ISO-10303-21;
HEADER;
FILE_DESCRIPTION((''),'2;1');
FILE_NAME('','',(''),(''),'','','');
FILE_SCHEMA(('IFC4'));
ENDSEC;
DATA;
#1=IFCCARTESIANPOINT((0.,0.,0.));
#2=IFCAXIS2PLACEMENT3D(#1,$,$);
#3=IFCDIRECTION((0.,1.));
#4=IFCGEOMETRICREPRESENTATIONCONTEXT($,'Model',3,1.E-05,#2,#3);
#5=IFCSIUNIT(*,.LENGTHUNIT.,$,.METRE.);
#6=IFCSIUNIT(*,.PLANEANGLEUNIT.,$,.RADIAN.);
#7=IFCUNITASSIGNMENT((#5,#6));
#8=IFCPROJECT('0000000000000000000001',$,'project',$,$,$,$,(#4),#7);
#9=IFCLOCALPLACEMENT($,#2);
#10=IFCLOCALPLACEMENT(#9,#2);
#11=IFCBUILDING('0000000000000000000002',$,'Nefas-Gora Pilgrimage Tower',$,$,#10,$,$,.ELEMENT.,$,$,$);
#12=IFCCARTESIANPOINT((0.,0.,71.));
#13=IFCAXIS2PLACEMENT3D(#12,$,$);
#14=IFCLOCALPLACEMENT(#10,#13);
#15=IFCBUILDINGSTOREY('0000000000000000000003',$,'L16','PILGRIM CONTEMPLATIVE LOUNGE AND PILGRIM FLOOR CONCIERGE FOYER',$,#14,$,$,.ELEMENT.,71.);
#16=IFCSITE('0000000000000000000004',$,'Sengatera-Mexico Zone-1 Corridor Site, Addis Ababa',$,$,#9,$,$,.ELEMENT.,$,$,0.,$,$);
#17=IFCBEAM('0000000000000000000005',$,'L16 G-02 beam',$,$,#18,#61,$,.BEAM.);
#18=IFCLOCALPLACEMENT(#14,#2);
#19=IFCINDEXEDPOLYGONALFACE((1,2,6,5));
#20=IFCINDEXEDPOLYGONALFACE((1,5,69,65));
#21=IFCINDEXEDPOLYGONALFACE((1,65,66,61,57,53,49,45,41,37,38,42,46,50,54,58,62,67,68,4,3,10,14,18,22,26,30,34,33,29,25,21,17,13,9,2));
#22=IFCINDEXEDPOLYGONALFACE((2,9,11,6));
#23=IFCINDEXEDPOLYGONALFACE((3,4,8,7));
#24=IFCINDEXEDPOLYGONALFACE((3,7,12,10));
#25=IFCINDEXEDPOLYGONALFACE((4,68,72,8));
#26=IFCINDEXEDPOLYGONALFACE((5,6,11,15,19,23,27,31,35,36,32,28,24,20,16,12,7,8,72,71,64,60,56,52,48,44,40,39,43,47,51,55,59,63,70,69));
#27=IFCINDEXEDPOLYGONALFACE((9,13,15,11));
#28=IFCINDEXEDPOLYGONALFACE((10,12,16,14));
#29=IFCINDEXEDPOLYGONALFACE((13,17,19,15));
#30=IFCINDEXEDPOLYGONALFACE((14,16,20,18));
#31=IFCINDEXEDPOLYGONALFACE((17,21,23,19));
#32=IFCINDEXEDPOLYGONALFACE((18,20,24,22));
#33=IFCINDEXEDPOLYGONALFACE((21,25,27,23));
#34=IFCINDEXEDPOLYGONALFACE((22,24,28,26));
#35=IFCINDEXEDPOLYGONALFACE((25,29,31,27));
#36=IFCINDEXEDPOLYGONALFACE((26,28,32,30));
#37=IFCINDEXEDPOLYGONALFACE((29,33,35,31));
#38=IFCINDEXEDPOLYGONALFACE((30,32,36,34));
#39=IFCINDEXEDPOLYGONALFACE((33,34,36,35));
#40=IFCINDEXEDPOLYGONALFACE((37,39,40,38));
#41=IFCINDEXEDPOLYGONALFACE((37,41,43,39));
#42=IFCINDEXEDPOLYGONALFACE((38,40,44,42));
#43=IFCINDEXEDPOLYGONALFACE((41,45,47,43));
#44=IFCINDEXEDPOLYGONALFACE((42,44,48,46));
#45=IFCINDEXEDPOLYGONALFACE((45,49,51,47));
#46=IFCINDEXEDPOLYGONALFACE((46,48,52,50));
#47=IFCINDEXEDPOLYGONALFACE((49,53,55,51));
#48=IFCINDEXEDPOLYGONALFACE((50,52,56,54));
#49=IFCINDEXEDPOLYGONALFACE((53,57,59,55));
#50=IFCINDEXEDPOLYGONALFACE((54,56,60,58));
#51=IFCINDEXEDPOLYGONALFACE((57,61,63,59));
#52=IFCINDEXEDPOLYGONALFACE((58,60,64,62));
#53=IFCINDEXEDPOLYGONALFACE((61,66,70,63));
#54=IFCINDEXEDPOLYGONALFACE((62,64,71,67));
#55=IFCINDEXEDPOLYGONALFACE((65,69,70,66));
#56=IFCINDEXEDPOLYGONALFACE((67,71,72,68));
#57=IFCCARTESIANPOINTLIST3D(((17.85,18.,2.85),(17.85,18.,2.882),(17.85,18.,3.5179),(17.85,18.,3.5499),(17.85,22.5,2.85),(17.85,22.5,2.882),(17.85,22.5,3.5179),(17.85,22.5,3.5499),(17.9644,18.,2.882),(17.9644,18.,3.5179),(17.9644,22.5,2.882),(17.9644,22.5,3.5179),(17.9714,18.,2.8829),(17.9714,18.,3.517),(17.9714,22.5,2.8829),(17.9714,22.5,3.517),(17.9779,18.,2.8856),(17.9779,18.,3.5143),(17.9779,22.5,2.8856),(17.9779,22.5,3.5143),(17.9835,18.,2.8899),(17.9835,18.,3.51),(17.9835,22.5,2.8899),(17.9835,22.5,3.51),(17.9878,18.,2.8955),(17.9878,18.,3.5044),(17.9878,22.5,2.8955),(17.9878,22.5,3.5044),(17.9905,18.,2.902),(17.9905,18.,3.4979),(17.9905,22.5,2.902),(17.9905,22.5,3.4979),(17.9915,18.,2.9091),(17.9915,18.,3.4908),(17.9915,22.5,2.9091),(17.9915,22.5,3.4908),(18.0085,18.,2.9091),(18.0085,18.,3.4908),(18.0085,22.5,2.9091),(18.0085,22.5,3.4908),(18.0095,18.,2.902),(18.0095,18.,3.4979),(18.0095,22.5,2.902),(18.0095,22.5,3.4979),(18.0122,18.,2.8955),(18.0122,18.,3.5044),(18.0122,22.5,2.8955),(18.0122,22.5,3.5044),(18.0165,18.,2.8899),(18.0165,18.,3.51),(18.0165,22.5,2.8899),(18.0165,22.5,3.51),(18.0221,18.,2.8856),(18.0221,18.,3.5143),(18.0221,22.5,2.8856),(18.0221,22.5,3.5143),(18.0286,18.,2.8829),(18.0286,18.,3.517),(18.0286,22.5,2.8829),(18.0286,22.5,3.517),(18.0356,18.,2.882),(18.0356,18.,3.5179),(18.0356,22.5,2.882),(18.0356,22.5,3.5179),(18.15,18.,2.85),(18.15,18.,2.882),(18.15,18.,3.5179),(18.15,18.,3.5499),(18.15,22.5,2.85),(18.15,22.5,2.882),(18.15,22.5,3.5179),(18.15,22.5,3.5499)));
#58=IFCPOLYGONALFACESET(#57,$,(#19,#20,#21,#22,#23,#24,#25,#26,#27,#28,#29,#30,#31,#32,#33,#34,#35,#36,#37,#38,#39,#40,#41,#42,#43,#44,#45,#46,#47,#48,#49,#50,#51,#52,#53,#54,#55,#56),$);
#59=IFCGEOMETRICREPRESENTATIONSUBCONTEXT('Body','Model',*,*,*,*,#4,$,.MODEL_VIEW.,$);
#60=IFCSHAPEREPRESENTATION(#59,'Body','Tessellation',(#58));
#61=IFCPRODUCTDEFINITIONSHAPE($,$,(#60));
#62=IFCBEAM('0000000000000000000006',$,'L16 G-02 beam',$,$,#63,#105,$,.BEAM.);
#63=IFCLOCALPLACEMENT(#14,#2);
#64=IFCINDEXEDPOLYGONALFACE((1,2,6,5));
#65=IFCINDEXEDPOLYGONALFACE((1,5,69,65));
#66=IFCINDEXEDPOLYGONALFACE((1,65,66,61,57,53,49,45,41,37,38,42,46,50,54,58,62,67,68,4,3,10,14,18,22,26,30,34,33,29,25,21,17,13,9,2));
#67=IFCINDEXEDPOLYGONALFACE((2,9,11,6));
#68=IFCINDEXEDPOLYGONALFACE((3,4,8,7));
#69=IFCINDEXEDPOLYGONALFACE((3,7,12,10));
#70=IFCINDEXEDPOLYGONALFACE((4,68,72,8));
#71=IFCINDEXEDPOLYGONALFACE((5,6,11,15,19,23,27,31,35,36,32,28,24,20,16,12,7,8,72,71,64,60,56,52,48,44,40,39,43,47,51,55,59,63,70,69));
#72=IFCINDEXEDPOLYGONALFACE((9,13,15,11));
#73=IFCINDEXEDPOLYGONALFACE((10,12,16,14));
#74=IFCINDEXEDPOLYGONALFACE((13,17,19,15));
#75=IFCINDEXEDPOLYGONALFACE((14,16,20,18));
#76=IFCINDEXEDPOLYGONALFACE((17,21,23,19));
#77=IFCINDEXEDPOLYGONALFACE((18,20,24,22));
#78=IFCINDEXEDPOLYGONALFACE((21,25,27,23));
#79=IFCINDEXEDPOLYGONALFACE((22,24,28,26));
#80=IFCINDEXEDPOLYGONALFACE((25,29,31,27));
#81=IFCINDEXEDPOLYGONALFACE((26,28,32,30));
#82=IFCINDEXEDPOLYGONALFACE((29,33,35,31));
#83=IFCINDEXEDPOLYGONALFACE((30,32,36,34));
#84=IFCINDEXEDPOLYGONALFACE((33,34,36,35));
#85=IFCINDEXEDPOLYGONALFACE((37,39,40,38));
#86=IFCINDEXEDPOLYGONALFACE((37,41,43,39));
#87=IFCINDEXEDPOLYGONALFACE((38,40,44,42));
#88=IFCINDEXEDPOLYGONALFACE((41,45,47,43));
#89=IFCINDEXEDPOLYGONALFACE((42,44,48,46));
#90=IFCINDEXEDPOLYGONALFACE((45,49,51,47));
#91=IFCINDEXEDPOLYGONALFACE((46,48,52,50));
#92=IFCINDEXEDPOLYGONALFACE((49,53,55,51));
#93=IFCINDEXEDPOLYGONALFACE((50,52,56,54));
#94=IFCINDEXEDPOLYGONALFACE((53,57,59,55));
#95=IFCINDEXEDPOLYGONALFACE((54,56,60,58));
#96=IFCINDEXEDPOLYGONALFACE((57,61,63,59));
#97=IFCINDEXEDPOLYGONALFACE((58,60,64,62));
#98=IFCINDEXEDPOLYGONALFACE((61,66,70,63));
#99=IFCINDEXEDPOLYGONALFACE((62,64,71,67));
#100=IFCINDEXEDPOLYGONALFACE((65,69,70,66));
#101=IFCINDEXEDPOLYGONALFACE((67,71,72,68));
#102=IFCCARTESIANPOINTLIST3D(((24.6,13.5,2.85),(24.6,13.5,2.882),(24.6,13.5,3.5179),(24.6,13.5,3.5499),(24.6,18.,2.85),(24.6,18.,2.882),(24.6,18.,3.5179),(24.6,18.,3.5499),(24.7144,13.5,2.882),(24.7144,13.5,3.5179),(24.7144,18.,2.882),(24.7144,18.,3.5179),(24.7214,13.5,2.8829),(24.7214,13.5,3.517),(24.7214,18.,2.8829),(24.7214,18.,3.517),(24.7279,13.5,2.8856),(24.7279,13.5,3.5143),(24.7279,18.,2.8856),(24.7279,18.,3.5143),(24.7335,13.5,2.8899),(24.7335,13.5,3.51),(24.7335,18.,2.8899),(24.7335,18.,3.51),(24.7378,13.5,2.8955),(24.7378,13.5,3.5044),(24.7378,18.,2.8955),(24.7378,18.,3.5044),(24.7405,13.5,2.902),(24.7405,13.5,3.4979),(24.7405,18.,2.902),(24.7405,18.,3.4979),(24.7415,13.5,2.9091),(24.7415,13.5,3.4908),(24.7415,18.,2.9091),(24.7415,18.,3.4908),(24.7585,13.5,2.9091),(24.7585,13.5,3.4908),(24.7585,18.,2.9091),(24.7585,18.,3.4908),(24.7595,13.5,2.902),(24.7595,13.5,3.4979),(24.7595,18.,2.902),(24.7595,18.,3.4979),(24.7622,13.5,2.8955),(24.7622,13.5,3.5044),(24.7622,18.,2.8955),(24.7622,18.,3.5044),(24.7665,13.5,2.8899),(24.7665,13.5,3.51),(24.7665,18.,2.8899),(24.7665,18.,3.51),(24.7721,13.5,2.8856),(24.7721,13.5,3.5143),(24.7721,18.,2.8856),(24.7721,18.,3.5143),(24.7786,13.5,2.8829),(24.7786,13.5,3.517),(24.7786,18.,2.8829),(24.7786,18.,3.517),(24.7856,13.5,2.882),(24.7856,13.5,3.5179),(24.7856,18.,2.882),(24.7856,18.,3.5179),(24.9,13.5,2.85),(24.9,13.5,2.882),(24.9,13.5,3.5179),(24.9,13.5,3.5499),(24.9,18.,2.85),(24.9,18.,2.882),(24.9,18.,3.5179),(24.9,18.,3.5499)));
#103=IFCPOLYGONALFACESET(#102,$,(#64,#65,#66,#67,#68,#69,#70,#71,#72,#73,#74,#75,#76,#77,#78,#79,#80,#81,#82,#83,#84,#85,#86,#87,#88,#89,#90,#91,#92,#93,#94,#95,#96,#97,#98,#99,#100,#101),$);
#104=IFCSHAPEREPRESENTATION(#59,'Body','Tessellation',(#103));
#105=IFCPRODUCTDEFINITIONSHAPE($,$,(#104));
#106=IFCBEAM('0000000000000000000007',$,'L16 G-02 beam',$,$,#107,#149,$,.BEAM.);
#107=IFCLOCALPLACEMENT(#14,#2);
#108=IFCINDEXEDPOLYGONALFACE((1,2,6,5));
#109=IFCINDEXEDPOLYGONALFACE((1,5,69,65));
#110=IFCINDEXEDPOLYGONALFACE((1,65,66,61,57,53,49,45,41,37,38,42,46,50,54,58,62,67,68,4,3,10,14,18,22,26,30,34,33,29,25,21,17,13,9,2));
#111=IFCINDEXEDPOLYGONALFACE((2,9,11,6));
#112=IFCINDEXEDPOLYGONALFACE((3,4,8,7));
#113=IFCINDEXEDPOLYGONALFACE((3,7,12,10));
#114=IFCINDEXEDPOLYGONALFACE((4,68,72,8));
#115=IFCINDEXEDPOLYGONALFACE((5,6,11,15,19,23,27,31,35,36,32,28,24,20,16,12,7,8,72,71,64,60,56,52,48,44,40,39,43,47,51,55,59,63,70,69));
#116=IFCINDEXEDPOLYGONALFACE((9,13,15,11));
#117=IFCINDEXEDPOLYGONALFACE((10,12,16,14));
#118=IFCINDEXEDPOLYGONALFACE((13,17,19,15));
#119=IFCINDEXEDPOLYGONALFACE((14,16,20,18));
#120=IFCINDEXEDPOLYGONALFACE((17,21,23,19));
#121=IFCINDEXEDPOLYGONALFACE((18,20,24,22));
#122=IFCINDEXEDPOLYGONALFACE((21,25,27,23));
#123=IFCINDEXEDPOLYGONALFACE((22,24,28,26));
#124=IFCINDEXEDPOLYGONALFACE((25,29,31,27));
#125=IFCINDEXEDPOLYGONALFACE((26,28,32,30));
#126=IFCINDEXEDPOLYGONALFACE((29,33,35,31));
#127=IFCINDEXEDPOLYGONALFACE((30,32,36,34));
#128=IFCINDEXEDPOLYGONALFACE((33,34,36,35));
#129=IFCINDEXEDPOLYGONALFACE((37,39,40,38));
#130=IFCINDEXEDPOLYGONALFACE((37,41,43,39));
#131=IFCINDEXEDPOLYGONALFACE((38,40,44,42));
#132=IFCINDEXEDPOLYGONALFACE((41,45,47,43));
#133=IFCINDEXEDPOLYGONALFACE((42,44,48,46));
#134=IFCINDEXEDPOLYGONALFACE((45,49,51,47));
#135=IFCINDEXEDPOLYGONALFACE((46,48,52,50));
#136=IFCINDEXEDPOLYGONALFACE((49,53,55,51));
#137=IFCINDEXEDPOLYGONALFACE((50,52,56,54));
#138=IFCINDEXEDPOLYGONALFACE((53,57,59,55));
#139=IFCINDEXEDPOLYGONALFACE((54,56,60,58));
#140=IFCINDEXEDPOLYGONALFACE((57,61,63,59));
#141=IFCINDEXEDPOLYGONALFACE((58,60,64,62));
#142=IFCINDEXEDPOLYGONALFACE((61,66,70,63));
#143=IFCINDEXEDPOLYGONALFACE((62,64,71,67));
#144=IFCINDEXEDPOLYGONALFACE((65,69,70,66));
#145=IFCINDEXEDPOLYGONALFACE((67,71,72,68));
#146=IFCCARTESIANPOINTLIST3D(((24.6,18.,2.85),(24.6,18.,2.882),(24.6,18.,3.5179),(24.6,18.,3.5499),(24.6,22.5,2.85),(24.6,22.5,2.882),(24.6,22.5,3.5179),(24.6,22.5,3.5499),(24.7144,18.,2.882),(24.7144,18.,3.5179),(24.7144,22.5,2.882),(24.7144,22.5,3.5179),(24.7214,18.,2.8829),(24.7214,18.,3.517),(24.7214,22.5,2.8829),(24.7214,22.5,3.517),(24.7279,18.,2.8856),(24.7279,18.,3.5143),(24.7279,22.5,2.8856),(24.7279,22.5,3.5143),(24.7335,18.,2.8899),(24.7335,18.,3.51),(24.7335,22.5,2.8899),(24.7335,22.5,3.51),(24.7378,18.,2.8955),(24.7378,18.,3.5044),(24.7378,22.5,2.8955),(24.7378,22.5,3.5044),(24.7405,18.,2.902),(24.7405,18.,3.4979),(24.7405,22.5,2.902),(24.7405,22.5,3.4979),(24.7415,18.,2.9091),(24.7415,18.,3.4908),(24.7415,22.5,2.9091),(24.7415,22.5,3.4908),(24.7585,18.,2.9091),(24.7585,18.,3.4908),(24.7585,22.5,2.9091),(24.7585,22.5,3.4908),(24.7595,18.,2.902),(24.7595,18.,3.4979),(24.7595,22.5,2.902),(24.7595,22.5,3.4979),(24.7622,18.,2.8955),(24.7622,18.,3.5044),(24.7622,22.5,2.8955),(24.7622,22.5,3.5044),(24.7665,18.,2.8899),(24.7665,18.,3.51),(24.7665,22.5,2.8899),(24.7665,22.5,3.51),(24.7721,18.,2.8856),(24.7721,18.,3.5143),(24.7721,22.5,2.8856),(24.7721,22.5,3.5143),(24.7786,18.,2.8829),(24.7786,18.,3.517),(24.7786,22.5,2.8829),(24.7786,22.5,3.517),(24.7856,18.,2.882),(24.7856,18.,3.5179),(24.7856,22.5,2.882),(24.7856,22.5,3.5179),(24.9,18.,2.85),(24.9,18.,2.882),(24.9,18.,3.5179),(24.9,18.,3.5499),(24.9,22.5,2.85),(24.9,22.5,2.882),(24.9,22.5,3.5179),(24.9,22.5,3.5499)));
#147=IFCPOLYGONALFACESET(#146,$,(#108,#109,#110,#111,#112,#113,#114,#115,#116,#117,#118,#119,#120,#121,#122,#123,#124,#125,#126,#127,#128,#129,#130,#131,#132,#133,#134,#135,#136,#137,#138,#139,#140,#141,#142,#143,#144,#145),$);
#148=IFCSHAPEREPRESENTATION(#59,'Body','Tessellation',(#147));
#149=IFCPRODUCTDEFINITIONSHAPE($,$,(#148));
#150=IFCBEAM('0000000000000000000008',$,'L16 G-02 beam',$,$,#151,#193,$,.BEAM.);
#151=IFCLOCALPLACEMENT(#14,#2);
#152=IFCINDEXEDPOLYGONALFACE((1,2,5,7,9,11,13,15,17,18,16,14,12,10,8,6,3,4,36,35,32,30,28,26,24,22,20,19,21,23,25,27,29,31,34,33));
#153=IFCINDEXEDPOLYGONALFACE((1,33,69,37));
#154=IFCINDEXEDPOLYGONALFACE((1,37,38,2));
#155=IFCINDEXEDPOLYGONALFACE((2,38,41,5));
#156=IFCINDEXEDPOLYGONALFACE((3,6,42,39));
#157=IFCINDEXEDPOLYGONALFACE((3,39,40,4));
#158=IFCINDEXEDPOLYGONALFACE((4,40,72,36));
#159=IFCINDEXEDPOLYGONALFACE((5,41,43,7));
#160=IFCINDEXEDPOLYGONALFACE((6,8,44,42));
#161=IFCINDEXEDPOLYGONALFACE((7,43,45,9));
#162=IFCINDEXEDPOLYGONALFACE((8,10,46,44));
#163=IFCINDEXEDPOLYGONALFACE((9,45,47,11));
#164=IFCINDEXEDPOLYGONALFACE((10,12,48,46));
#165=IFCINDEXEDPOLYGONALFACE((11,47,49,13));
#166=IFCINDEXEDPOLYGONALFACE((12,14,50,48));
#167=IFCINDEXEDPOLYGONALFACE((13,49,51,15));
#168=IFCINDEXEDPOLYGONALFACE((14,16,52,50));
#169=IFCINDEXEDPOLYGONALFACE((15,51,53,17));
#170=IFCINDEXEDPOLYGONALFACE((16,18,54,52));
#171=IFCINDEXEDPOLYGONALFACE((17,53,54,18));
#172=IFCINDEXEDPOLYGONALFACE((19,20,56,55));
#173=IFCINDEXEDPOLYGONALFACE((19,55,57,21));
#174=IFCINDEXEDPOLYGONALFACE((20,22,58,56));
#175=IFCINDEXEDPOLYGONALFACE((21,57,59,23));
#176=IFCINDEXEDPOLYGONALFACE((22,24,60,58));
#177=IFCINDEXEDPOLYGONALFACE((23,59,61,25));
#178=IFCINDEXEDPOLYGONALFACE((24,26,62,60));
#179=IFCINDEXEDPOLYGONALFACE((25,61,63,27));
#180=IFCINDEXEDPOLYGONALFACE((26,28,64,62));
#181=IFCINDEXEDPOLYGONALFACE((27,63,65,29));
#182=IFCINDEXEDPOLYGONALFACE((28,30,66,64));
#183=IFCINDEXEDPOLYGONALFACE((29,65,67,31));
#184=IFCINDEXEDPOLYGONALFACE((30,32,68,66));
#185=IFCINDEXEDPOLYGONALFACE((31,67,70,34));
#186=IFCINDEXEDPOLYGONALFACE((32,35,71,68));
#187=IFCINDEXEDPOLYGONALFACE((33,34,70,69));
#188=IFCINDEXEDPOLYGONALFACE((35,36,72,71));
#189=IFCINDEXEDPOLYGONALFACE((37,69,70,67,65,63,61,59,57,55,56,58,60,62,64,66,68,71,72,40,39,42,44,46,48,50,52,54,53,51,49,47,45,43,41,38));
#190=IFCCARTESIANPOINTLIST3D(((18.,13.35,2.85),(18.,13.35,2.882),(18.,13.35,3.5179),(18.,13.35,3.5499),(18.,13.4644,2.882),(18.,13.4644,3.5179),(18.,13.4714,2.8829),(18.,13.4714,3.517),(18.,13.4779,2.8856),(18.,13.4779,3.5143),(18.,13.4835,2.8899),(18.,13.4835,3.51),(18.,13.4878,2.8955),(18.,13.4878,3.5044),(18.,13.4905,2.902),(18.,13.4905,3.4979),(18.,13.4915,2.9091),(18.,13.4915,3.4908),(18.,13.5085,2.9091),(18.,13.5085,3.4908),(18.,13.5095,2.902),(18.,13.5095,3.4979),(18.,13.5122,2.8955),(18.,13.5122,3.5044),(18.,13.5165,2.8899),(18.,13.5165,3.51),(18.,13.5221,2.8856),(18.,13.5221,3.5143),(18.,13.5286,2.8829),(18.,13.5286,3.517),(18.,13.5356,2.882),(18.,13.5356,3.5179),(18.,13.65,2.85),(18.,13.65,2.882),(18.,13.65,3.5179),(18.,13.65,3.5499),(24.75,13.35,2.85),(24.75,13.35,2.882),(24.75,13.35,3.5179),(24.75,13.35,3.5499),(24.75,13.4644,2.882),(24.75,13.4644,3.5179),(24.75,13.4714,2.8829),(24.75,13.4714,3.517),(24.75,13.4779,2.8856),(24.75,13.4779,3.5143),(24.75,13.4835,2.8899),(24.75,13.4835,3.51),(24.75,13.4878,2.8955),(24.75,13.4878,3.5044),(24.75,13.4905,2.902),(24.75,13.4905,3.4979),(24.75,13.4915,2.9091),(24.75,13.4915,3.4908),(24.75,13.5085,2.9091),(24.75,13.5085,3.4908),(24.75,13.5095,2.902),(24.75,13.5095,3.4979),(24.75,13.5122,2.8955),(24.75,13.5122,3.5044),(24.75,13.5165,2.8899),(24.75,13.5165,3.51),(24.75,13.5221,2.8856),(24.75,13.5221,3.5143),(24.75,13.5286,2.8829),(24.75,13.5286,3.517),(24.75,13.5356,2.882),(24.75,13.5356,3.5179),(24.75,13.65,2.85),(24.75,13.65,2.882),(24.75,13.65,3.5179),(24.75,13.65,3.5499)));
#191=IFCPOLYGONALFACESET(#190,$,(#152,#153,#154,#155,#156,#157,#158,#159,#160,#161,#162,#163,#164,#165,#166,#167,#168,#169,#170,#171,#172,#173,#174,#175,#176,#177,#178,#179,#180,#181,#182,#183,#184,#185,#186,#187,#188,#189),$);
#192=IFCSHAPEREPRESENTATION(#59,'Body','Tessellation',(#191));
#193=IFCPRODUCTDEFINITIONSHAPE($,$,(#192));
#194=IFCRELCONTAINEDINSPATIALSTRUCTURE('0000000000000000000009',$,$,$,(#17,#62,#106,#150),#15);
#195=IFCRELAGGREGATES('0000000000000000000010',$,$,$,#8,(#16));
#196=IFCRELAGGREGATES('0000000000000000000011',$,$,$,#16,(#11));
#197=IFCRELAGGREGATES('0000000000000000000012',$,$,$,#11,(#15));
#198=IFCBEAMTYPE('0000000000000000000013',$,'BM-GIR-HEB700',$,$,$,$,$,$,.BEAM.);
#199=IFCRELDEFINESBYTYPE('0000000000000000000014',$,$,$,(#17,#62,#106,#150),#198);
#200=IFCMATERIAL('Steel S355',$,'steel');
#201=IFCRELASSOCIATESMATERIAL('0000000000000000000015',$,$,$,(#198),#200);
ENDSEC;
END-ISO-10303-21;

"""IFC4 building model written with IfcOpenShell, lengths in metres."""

from ifc_helpers import new_model, si_unit, direction, frame, origin, origin_2d, place, context, subcontext, project, spatial, i_section, extrude, source, transform, mapped, material, material_profile, profile_set, type_object, element, save


model = new_model("IFC4")

# Units and contexts
model_context = context("Model", 3, precision=1e-05, world=origin(), true_north=direction((0.0, 1.0)))
body_context = subcontext(model_context, "Body", "Model", "MODEL_VIEW")
ifc_project = project(units=[si_unit("LENGTHUNIT", "METRE"), si_unit("PLANEANGLEUNIT", "RADIAN")], contexts=[model_context])

# Site, building, storey
site_placement = place(None, origin())
site = spatial("IfcSite", under=ifc_project, at=site_placement, Name="Sengatera-Mexico Zone-1 Corridor Site, Addis Ababa", CompositionType="ELEMENT", RefElevation=0.0)
building_placement = place(site_placement, origin())
building = spatial("IfcBuilding", under=site, at=building_placement, Name="Nefas-Gora Pilgrimage Tower", CompositionType="ELEMENT")
storey_placement = place(building_placement, frame((0.0, 0.0, 71.0)))
storey = spatial("IfcBuildingStorey", under=building, at=storey_placement, Name="L16", Description="PILGRIM CONTEMPLATIVE LOUNGE AND PILGRIM FLOOR CONCIERGE FOYER", CompositionType="ELEMENT", Elevation=71.0)

# Beams
ifc_material_1 = material(Name="Steel S355", Category="steel")
ifc_material_profile_1 = material_profile(ifc_material_1, i_section(OverallWidth=0.3, OverallDepth=0.7, WebThickness=0.0171, FlangeThickness=0.032, FilletRadius=0.0271, at=origin_2d()), Name="HEB 700")
ifc_profile_set_1 = profile_set([ifc_material_profile_1], Name="Steel S355")
beam_type_1 = type_object("IfcBeamType", Name="BM-GIR-HEB700", PredefinedType="BEAM", material=ifc_profile_set_1)
shared_shape_1 = source(origin(), body_context, "Body", "SweptSolid", [
    extrude(i_section(OverallWidth=0.3, OverallDepth=0.7, WebThickness=0.0171, FlangeThickness=0.032, FilletRadius=0.0271, at=origin_2d()), origin(), (0.0, 0.0, 1.0), 4.5),
])
for number, where, z_axis, x_axis, name in (
    (1, (18.0, 18.0, 3.2), (0.0, 1.0, 0.0), (-1.0, 0.0, 0.0), "L16 G-02 beam"),
    (2, (24.75, 13.5, 3.2), (0.0, 1.0, 0.0), (-1.0, 0.0, 0.0), "L16 G-02 beam"),
    (3, (24.75, 18.0, 3.2), (0.0, 1.0, 0.0), (-1.0, 0.0, 0.0), "L16 G-02 beam"),
):
    element("IfcBeam", number, at=place(storey_placement, frame(where, z_axis=z_axis, x_axis=x_axis)), inside=storey, type_object=beam_type_1, Name=name, PredefinedType="BEAM", context=body_context, shape_type="MappedRepresentation", body=[
        mapped(shared_shape_1, transform((0.0, 0.0, 0.0), x_axis=(1.0, 0.0, 0.0), y_axis=(0.0, 1.0, 0.0), z_axis=(0.0, 0.0, 1.0), scale=1.0)),
    ])
shared_shape_2 = source(origin(), body_context, "Body", "SweptSolid", [
    extrude(i_section(OverallWidth=0.3, OverallDepth=0.7, WebThickness=0.0171, FlangeThickness=0.032, FilletRadius=0.0271, at=origin_2d()), origin(), (0.0, 0.0, 1.0), 6.75),
])
for number, where, z_axis, x_axis, name in (
    (4, (18.0, 13.5, 3.2), (1.0, 0.0, 0.0), (0.0, 1.0, 0.0), "L16 G-02 beam"),
):
    element("IfcBeam", number, at=place(storey_placement, frame(where, z_axis=z_axis, x_axis=x_axis)), inside=storey, type_object=beam_type_1, Name=name, PredefinedType="BEAM", context=body_context, shape_type="MappedRepresentation", body=[
        mapped(shared_shape_2, transform((0.0, 0.0, 0.0), x_axis=(1.0, 0.0, 0.0), y_axis=(0.0, 1.0, 0.0), z_axis=(0.0, 0.0, 1.0), scale=1.0)),
    ])

save(model, "model.ifc")
